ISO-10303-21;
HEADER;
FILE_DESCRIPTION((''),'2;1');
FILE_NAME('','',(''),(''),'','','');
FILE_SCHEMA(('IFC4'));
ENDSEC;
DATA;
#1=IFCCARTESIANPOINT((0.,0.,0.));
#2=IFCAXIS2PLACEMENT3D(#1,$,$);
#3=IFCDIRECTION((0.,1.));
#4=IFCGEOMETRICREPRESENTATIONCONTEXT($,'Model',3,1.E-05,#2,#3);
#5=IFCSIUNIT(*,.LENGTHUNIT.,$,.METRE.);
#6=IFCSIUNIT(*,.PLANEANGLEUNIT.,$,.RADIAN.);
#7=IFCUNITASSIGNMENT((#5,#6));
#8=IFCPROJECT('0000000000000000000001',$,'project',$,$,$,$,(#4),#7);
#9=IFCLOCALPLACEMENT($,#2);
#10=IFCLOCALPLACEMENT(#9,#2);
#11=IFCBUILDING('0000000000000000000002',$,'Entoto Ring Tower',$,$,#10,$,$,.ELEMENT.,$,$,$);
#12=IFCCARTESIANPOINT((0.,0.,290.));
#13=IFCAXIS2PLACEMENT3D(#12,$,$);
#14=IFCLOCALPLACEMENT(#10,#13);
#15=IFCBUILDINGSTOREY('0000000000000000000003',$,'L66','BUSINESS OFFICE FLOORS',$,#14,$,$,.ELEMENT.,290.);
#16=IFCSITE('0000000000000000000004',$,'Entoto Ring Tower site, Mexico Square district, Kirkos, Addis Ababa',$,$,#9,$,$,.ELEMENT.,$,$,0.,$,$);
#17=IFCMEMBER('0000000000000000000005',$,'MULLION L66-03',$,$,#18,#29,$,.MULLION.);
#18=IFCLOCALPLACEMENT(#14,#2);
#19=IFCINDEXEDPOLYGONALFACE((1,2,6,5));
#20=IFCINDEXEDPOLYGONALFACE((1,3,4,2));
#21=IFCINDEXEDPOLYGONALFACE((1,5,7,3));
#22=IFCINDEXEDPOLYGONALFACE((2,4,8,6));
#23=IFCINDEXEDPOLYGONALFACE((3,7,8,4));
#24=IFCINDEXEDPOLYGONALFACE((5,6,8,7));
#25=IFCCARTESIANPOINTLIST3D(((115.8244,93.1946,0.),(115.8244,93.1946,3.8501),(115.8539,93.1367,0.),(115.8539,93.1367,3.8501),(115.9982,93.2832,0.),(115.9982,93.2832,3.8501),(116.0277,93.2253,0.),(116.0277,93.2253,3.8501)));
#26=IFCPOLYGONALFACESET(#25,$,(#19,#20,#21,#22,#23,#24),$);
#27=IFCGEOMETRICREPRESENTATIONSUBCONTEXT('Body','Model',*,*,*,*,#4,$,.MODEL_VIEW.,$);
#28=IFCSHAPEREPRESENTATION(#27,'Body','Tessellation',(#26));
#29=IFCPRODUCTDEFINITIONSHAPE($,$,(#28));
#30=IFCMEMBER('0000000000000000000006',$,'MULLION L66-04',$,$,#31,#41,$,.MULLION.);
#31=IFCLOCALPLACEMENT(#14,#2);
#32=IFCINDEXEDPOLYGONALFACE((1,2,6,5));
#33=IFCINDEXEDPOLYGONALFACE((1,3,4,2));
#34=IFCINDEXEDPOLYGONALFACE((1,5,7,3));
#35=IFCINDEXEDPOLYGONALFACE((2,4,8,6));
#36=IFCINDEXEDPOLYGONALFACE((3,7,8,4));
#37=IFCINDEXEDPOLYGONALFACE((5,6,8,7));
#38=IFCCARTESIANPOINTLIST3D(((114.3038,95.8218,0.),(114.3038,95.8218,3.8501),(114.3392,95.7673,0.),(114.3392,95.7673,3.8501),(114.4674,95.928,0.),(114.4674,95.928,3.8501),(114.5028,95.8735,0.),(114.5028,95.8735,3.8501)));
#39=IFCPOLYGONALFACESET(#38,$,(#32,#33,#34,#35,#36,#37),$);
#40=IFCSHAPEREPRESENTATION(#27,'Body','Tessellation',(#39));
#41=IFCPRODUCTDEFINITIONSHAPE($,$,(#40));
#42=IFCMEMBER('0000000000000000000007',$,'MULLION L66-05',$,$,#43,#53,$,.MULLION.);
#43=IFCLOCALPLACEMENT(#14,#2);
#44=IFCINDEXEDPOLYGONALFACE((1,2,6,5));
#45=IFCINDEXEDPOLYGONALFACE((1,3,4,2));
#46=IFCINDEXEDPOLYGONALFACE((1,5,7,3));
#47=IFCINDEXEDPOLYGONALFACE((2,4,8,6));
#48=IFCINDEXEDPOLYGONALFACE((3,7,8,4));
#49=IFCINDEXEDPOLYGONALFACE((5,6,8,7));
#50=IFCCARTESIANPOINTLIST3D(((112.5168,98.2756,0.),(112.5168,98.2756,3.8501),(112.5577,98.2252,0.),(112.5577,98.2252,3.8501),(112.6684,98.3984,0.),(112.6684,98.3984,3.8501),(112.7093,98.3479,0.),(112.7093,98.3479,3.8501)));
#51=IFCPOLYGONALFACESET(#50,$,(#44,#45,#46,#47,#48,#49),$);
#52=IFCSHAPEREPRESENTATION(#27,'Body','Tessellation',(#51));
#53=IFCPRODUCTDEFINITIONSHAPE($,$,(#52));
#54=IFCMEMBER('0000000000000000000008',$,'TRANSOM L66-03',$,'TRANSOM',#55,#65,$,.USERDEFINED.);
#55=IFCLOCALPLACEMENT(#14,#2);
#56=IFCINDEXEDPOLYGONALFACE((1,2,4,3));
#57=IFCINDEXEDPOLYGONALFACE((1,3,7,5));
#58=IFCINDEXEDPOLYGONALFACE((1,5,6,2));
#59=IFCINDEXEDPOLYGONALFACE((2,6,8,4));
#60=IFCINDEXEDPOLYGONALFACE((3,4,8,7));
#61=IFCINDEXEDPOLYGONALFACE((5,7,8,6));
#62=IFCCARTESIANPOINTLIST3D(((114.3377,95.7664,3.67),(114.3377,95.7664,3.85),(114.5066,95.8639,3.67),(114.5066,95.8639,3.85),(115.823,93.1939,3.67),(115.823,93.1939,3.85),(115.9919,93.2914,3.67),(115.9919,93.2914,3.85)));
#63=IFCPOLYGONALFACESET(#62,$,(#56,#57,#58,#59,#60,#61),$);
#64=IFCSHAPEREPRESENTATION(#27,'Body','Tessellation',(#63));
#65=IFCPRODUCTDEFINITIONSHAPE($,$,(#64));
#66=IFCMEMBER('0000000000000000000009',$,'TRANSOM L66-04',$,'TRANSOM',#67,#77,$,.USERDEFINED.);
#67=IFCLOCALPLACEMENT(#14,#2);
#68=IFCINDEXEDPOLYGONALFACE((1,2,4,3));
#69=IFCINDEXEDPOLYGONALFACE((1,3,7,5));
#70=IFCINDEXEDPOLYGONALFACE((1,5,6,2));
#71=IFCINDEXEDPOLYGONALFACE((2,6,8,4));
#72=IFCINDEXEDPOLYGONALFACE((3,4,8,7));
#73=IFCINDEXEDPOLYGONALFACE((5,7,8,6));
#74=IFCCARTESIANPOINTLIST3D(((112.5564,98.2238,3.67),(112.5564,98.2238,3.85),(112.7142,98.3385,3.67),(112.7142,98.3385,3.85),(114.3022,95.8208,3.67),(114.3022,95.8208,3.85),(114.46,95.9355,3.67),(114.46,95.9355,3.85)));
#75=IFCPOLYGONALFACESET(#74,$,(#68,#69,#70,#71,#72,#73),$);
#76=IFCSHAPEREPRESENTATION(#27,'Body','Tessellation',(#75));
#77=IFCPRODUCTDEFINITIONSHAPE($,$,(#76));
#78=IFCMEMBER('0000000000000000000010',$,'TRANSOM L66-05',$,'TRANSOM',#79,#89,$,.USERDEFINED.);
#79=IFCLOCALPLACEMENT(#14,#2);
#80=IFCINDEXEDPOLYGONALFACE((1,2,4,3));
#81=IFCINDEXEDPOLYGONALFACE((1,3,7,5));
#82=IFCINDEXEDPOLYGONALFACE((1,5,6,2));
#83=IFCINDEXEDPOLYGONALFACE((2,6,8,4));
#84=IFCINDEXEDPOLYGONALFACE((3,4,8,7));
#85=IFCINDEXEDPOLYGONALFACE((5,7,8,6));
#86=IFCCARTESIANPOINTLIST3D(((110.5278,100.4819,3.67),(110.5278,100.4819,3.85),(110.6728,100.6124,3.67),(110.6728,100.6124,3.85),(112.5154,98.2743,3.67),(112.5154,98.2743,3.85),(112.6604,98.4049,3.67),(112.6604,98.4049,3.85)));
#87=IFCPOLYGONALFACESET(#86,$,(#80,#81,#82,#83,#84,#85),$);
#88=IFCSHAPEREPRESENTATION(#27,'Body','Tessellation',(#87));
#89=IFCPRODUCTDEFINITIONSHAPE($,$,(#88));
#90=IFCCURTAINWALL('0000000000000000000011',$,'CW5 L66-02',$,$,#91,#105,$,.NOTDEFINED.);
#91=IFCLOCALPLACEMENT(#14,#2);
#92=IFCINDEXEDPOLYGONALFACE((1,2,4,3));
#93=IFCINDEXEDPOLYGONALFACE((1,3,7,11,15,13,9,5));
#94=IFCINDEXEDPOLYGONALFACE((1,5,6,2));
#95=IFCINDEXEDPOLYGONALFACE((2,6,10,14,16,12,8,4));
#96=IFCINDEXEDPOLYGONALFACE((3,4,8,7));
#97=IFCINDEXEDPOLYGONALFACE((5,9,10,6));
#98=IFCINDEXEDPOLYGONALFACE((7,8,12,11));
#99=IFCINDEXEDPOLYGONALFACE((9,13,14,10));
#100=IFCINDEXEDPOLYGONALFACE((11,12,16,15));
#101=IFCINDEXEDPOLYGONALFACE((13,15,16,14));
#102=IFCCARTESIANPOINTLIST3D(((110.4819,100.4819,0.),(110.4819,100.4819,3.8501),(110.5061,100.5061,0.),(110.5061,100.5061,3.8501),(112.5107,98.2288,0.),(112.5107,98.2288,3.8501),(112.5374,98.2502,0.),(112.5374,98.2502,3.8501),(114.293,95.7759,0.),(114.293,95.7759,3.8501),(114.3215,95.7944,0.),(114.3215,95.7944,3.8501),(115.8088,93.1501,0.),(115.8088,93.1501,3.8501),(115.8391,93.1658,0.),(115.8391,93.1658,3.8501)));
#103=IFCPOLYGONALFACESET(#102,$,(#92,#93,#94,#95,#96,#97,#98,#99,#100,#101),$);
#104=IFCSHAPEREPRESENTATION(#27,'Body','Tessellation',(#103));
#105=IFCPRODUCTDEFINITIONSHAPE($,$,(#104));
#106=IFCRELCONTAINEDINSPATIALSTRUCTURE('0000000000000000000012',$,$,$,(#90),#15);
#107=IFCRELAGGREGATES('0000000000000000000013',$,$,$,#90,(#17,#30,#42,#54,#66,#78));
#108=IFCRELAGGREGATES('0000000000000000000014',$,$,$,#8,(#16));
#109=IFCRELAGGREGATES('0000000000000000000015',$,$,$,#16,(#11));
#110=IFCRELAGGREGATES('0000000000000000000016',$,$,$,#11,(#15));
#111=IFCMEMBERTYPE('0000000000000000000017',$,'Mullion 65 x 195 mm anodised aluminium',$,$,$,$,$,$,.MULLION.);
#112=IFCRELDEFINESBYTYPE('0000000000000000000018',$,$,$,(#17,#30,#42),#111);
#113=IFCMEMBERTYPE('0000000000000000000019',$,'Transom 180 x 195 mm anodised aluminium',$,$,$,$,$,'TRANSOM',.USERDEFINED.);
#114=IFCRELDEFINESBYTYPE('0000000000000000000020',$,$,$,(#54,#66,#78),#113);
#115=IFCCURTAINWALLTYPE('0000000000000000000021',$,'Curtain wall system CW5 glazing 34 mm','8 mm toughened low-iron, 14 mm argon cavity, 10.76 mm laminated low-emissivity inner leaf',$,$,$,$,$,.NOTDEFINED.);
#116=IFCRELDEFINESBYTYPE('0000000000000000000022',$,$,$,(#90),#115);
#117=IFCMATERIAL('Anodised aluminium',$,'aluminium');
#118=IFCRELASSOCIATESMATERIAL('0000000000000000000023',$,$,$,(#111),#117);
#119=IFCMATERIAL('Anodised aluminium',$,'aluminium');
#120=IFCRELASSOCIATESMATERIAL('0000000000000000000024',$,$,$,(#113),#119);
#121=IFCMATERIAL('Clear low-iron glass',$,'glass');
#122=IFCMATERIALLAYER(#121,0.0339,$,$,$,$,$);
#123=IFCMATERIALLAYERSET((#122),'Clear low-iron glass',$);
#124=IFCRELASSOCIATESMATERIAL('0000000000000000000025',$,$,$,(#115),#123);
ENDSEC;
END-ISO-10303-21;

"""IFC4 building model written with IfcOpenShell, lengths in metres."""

from ifc_helpers import new_model, si_unit, direction, frame, origin, origin_2d, place, context, subcontext, project, spatial, polyline, rectangle, outline, extrude, material, layer, layer_set, material_profile, profile_set, type_object, element, aggregate, save


model = new_model("IFC4")

# Units and contexts
model_context = context("Model", 3, precision=1e-05, world=origin(), true_north=direction((0.0, 1.0)))
body_context = subcontext(model_context, "Body", "Model", "MODEL_VIEW")
ifc_project = project(units=[si_unit("LENGTHUNIT", "METRE"), si_unit("PLANEANGLEUNIT", "RADIAN")], contexts=[model_context])

# Members
ifc_material_1 = material(Name="Anodised aluminium", Category="aluminium")
ifc_material_profile_1 = material_profile(ifc_material_1, rectangle(XDim=0.0649, YDim=0.1951, at=origin_2d()), Name="Mullion 65 x 195 mm anodised aluminium")
ifc_profile_set_1 = profile_set([ifc_material_profile_1], Name="Anodised aluminium")
member_type_1 = type_object("IfcMemberType", Name="Mullion 65 x 195 mm anodised aluminium", PredefinedType="MULLION", material=ifc_profile_set_1)
site_placement = place(None, origin())
building_placement = place(site_placement, origin())
storey_placement = place(building_placement, frame((0.0, 0.0, 290.0)))
member_1_placement = place(storey_placement, frame((115.926, 93.21, 0.0), z_axis=(0.0, 0.0, 1.0), x_axis=(-0.45399, 0.891007, 0.0)))
member_1 = element("IfcMember", 1, at=member_1_placement, type_object=member_type_1, Name="MULLION L66-03", PredefinedType="MULLION", context=body_context, shape_type="SweptSolid", body=[
    extrude(rectangle(XDim=0.0649, YDim=0.1951, at=origin_2d()), origin(), (0.0, 0.0, 1.0), 3.8501),
])
member_2_placement = place(storey_placement, frame((114.4033, 95.8477, 0.0), z_axis=(0.0, 0.0, 1.0), x_axis=(-0.544639, 0.838671, 0.0)))
member_2 = element("IfcMember", 2, at=member_2_placement, type_object=member_type_1, Name="MULLION L66-04", PredefinedType="MULLION", context=body_context, shape_type="SweptSolid", body=[
    extrude(rectangle(XDim=0.0649, YDim=0.1951, at=origin_2d()), origin(), (0.0, 0.0, 1.0), 3.8501),
])
member_3_placement = place(storey_placement, frame((112.613, 98.3118, 0.0), z_axis=(0.0, 0.0, 1.0), x_axis=(-0.62932, 0.777146, 0.0)))
member_3 = element("IfcMember", 3, at=member_3_placement, type_object=member_type_1, Name="MULLION L66-05", PredefinedType="MULLION", context=body_context, shape_type="SweptSolid", body=[
    extrude(rectangle(XDim=0.0649, YDim=0.1951, at=origin_2d()), origin(), (0.0, 0.0, 1.0), 3.8501),
])
ifc_material_2 = material(Name="Anodised aluminium", Category="aluminium")
ifc_material_profile_2 = material_profile(ifc_material_2, rectangle(XDim=0.1951, YDim=0.1799, at=origin_2d()), Name="Transom 180 x 195 mm anodised aluminium")
ifc_profile_set_2 = profile_set([ifc_material_profile_2], Name="Anodised aluminium")
member_type_2 = type_object("IfcMemberType", Name="Transom 180 x 195 mm anodised aluminium", ElementType="TRANSOM", PredefinedType="USERDEFINED", material=ifc_profile_set_2)
member_4_placement = place(storey_placement, frame((115.9075, 93.2427, 3.76), z_axis=(-0.500028, 0.866009, 0.0), x_axis=(-0.866009, -0.500028, 0.0)))
member_4 = element("IfcMember", 4, at=member_4_placement, type_object=member_type_2, Name="TRANSOM L66-03", ObjectType="TRANSOM", PredefinedType="USERDEFINED", context=body_context, shape_type="SweptSolid", body=[
    extrude(rectangle(XDim=0.1951, YDim=0.1799, at=origin_2d()), origin(), (0.0, 0.0, 1.0), 2.9705),
])
member_5_placement = place(storey_placement, frame((114.3811, 95.8782, 3.76), z_axis=(-0.587766, 0.809031, 0.0), x_axis=(-0.809031, -0.587766, 0.0)))
member_5 = element("IfcMember", 5, at=member_5_placement, type_object=member_type_2, Name="TRANSOM L66-04", ObjectType="TRANSOM", PredefinedType="USERDEFINED", context=body_context, shape_type="SweptSolid", body=[
    extrude(rectangle(XDim=0.1951, YDim=0.1799, at=origin_2d()), origin(), (0.0, 0.0, 1.0), 2.9702),
])
member_6_placement = place(storey_placement, frame((112.5879, 98.3396, 3.76), z_axis=(-0.66911, 0.743163, 0.0), x_axis=(-0.743163, -0.66911, 0.0)))
member_6 = element("IfcMember", 6, at=member_6_placement, type_object=member_type_2, Name="TRANSOM L66-05", ObjectType="TRANSOM", PredefinedType="USERDEFINED", context=body_context, shape_type="SweptSolid", body=[
    extrude(rectangle(XDim=0.1951, YDim=0.1799, at=origin_2d()), origin(), (0.0, 0.0, 1.0), 2.9705),
])

# Site, building, storey
site = spatial("IfcSite", under=ifc_project, at=site_placement, Name="Entoto Ring Tower site, Mexico Square district, Kirkos, Addis Ababa", CompositionType="ELEMENT", RefElevation=0.0)
building = spatial("IfcBuilding", under=site, at=building_placement, Name="Entoto Ring Tower", CompositionType="ELEMENT")
storey = spatial("IfcBuildingStorey", under=building, at=storey_placement, Name="L66", Description="BUSINESS OFFICE FLOORS", CompositionType="ELEMENT", Elevation=290.0)

# Curtain wall
ifc_material_3 = material(Name="Clear low-iron glass", Category="glass")
ifc_layer_1 = layer(ifc_material_3, 0.0339)
ifc_layer_set_1 = layer_set([ifc_layer_1], Name="Clear low-iron glass")
curtain_wall_type = type_object("IfcCurtainWallType", Name="Curtain wall system CW5 glazing 34 mm", Description="8 mm toughened low-iron, 14 mm argon cavity, 10.76 mm laminated low-emissivity inner leaf", PredefinedType="NOTDEFINED", material=ifc_layer_set_1)
curtain_wall_1_placement = place(storey_placement, origin())
curtain_wall_1 = element("IfcCurtainWall", 7, at=curtain_wall_1_placement, inside=storey, type_object=curtain_wall_type, Name="CW5 L66-02", PredefinedType="NOTDEFINED", context=body_context, shape_type="SweptSolid", body=[
    extrude(outline(polyline([(115.8391, 93.1658), (114.3215, 95.7944), (112.5374, 98.2502), (110.5061, 100.5061), (110.4819, 100.4819), (112.5107, 98.2288), (114.293, 95.7759), (115.8088, 93.1501), (115.8391, 93.1658)])), origin(), (0.0, 0.0, 1.0), 3.8501),
])
aggregate(curtain_wall_1, [member_1, member_2, member_3, member_4, member_5, member_6])

save(model, "model.ifc")
